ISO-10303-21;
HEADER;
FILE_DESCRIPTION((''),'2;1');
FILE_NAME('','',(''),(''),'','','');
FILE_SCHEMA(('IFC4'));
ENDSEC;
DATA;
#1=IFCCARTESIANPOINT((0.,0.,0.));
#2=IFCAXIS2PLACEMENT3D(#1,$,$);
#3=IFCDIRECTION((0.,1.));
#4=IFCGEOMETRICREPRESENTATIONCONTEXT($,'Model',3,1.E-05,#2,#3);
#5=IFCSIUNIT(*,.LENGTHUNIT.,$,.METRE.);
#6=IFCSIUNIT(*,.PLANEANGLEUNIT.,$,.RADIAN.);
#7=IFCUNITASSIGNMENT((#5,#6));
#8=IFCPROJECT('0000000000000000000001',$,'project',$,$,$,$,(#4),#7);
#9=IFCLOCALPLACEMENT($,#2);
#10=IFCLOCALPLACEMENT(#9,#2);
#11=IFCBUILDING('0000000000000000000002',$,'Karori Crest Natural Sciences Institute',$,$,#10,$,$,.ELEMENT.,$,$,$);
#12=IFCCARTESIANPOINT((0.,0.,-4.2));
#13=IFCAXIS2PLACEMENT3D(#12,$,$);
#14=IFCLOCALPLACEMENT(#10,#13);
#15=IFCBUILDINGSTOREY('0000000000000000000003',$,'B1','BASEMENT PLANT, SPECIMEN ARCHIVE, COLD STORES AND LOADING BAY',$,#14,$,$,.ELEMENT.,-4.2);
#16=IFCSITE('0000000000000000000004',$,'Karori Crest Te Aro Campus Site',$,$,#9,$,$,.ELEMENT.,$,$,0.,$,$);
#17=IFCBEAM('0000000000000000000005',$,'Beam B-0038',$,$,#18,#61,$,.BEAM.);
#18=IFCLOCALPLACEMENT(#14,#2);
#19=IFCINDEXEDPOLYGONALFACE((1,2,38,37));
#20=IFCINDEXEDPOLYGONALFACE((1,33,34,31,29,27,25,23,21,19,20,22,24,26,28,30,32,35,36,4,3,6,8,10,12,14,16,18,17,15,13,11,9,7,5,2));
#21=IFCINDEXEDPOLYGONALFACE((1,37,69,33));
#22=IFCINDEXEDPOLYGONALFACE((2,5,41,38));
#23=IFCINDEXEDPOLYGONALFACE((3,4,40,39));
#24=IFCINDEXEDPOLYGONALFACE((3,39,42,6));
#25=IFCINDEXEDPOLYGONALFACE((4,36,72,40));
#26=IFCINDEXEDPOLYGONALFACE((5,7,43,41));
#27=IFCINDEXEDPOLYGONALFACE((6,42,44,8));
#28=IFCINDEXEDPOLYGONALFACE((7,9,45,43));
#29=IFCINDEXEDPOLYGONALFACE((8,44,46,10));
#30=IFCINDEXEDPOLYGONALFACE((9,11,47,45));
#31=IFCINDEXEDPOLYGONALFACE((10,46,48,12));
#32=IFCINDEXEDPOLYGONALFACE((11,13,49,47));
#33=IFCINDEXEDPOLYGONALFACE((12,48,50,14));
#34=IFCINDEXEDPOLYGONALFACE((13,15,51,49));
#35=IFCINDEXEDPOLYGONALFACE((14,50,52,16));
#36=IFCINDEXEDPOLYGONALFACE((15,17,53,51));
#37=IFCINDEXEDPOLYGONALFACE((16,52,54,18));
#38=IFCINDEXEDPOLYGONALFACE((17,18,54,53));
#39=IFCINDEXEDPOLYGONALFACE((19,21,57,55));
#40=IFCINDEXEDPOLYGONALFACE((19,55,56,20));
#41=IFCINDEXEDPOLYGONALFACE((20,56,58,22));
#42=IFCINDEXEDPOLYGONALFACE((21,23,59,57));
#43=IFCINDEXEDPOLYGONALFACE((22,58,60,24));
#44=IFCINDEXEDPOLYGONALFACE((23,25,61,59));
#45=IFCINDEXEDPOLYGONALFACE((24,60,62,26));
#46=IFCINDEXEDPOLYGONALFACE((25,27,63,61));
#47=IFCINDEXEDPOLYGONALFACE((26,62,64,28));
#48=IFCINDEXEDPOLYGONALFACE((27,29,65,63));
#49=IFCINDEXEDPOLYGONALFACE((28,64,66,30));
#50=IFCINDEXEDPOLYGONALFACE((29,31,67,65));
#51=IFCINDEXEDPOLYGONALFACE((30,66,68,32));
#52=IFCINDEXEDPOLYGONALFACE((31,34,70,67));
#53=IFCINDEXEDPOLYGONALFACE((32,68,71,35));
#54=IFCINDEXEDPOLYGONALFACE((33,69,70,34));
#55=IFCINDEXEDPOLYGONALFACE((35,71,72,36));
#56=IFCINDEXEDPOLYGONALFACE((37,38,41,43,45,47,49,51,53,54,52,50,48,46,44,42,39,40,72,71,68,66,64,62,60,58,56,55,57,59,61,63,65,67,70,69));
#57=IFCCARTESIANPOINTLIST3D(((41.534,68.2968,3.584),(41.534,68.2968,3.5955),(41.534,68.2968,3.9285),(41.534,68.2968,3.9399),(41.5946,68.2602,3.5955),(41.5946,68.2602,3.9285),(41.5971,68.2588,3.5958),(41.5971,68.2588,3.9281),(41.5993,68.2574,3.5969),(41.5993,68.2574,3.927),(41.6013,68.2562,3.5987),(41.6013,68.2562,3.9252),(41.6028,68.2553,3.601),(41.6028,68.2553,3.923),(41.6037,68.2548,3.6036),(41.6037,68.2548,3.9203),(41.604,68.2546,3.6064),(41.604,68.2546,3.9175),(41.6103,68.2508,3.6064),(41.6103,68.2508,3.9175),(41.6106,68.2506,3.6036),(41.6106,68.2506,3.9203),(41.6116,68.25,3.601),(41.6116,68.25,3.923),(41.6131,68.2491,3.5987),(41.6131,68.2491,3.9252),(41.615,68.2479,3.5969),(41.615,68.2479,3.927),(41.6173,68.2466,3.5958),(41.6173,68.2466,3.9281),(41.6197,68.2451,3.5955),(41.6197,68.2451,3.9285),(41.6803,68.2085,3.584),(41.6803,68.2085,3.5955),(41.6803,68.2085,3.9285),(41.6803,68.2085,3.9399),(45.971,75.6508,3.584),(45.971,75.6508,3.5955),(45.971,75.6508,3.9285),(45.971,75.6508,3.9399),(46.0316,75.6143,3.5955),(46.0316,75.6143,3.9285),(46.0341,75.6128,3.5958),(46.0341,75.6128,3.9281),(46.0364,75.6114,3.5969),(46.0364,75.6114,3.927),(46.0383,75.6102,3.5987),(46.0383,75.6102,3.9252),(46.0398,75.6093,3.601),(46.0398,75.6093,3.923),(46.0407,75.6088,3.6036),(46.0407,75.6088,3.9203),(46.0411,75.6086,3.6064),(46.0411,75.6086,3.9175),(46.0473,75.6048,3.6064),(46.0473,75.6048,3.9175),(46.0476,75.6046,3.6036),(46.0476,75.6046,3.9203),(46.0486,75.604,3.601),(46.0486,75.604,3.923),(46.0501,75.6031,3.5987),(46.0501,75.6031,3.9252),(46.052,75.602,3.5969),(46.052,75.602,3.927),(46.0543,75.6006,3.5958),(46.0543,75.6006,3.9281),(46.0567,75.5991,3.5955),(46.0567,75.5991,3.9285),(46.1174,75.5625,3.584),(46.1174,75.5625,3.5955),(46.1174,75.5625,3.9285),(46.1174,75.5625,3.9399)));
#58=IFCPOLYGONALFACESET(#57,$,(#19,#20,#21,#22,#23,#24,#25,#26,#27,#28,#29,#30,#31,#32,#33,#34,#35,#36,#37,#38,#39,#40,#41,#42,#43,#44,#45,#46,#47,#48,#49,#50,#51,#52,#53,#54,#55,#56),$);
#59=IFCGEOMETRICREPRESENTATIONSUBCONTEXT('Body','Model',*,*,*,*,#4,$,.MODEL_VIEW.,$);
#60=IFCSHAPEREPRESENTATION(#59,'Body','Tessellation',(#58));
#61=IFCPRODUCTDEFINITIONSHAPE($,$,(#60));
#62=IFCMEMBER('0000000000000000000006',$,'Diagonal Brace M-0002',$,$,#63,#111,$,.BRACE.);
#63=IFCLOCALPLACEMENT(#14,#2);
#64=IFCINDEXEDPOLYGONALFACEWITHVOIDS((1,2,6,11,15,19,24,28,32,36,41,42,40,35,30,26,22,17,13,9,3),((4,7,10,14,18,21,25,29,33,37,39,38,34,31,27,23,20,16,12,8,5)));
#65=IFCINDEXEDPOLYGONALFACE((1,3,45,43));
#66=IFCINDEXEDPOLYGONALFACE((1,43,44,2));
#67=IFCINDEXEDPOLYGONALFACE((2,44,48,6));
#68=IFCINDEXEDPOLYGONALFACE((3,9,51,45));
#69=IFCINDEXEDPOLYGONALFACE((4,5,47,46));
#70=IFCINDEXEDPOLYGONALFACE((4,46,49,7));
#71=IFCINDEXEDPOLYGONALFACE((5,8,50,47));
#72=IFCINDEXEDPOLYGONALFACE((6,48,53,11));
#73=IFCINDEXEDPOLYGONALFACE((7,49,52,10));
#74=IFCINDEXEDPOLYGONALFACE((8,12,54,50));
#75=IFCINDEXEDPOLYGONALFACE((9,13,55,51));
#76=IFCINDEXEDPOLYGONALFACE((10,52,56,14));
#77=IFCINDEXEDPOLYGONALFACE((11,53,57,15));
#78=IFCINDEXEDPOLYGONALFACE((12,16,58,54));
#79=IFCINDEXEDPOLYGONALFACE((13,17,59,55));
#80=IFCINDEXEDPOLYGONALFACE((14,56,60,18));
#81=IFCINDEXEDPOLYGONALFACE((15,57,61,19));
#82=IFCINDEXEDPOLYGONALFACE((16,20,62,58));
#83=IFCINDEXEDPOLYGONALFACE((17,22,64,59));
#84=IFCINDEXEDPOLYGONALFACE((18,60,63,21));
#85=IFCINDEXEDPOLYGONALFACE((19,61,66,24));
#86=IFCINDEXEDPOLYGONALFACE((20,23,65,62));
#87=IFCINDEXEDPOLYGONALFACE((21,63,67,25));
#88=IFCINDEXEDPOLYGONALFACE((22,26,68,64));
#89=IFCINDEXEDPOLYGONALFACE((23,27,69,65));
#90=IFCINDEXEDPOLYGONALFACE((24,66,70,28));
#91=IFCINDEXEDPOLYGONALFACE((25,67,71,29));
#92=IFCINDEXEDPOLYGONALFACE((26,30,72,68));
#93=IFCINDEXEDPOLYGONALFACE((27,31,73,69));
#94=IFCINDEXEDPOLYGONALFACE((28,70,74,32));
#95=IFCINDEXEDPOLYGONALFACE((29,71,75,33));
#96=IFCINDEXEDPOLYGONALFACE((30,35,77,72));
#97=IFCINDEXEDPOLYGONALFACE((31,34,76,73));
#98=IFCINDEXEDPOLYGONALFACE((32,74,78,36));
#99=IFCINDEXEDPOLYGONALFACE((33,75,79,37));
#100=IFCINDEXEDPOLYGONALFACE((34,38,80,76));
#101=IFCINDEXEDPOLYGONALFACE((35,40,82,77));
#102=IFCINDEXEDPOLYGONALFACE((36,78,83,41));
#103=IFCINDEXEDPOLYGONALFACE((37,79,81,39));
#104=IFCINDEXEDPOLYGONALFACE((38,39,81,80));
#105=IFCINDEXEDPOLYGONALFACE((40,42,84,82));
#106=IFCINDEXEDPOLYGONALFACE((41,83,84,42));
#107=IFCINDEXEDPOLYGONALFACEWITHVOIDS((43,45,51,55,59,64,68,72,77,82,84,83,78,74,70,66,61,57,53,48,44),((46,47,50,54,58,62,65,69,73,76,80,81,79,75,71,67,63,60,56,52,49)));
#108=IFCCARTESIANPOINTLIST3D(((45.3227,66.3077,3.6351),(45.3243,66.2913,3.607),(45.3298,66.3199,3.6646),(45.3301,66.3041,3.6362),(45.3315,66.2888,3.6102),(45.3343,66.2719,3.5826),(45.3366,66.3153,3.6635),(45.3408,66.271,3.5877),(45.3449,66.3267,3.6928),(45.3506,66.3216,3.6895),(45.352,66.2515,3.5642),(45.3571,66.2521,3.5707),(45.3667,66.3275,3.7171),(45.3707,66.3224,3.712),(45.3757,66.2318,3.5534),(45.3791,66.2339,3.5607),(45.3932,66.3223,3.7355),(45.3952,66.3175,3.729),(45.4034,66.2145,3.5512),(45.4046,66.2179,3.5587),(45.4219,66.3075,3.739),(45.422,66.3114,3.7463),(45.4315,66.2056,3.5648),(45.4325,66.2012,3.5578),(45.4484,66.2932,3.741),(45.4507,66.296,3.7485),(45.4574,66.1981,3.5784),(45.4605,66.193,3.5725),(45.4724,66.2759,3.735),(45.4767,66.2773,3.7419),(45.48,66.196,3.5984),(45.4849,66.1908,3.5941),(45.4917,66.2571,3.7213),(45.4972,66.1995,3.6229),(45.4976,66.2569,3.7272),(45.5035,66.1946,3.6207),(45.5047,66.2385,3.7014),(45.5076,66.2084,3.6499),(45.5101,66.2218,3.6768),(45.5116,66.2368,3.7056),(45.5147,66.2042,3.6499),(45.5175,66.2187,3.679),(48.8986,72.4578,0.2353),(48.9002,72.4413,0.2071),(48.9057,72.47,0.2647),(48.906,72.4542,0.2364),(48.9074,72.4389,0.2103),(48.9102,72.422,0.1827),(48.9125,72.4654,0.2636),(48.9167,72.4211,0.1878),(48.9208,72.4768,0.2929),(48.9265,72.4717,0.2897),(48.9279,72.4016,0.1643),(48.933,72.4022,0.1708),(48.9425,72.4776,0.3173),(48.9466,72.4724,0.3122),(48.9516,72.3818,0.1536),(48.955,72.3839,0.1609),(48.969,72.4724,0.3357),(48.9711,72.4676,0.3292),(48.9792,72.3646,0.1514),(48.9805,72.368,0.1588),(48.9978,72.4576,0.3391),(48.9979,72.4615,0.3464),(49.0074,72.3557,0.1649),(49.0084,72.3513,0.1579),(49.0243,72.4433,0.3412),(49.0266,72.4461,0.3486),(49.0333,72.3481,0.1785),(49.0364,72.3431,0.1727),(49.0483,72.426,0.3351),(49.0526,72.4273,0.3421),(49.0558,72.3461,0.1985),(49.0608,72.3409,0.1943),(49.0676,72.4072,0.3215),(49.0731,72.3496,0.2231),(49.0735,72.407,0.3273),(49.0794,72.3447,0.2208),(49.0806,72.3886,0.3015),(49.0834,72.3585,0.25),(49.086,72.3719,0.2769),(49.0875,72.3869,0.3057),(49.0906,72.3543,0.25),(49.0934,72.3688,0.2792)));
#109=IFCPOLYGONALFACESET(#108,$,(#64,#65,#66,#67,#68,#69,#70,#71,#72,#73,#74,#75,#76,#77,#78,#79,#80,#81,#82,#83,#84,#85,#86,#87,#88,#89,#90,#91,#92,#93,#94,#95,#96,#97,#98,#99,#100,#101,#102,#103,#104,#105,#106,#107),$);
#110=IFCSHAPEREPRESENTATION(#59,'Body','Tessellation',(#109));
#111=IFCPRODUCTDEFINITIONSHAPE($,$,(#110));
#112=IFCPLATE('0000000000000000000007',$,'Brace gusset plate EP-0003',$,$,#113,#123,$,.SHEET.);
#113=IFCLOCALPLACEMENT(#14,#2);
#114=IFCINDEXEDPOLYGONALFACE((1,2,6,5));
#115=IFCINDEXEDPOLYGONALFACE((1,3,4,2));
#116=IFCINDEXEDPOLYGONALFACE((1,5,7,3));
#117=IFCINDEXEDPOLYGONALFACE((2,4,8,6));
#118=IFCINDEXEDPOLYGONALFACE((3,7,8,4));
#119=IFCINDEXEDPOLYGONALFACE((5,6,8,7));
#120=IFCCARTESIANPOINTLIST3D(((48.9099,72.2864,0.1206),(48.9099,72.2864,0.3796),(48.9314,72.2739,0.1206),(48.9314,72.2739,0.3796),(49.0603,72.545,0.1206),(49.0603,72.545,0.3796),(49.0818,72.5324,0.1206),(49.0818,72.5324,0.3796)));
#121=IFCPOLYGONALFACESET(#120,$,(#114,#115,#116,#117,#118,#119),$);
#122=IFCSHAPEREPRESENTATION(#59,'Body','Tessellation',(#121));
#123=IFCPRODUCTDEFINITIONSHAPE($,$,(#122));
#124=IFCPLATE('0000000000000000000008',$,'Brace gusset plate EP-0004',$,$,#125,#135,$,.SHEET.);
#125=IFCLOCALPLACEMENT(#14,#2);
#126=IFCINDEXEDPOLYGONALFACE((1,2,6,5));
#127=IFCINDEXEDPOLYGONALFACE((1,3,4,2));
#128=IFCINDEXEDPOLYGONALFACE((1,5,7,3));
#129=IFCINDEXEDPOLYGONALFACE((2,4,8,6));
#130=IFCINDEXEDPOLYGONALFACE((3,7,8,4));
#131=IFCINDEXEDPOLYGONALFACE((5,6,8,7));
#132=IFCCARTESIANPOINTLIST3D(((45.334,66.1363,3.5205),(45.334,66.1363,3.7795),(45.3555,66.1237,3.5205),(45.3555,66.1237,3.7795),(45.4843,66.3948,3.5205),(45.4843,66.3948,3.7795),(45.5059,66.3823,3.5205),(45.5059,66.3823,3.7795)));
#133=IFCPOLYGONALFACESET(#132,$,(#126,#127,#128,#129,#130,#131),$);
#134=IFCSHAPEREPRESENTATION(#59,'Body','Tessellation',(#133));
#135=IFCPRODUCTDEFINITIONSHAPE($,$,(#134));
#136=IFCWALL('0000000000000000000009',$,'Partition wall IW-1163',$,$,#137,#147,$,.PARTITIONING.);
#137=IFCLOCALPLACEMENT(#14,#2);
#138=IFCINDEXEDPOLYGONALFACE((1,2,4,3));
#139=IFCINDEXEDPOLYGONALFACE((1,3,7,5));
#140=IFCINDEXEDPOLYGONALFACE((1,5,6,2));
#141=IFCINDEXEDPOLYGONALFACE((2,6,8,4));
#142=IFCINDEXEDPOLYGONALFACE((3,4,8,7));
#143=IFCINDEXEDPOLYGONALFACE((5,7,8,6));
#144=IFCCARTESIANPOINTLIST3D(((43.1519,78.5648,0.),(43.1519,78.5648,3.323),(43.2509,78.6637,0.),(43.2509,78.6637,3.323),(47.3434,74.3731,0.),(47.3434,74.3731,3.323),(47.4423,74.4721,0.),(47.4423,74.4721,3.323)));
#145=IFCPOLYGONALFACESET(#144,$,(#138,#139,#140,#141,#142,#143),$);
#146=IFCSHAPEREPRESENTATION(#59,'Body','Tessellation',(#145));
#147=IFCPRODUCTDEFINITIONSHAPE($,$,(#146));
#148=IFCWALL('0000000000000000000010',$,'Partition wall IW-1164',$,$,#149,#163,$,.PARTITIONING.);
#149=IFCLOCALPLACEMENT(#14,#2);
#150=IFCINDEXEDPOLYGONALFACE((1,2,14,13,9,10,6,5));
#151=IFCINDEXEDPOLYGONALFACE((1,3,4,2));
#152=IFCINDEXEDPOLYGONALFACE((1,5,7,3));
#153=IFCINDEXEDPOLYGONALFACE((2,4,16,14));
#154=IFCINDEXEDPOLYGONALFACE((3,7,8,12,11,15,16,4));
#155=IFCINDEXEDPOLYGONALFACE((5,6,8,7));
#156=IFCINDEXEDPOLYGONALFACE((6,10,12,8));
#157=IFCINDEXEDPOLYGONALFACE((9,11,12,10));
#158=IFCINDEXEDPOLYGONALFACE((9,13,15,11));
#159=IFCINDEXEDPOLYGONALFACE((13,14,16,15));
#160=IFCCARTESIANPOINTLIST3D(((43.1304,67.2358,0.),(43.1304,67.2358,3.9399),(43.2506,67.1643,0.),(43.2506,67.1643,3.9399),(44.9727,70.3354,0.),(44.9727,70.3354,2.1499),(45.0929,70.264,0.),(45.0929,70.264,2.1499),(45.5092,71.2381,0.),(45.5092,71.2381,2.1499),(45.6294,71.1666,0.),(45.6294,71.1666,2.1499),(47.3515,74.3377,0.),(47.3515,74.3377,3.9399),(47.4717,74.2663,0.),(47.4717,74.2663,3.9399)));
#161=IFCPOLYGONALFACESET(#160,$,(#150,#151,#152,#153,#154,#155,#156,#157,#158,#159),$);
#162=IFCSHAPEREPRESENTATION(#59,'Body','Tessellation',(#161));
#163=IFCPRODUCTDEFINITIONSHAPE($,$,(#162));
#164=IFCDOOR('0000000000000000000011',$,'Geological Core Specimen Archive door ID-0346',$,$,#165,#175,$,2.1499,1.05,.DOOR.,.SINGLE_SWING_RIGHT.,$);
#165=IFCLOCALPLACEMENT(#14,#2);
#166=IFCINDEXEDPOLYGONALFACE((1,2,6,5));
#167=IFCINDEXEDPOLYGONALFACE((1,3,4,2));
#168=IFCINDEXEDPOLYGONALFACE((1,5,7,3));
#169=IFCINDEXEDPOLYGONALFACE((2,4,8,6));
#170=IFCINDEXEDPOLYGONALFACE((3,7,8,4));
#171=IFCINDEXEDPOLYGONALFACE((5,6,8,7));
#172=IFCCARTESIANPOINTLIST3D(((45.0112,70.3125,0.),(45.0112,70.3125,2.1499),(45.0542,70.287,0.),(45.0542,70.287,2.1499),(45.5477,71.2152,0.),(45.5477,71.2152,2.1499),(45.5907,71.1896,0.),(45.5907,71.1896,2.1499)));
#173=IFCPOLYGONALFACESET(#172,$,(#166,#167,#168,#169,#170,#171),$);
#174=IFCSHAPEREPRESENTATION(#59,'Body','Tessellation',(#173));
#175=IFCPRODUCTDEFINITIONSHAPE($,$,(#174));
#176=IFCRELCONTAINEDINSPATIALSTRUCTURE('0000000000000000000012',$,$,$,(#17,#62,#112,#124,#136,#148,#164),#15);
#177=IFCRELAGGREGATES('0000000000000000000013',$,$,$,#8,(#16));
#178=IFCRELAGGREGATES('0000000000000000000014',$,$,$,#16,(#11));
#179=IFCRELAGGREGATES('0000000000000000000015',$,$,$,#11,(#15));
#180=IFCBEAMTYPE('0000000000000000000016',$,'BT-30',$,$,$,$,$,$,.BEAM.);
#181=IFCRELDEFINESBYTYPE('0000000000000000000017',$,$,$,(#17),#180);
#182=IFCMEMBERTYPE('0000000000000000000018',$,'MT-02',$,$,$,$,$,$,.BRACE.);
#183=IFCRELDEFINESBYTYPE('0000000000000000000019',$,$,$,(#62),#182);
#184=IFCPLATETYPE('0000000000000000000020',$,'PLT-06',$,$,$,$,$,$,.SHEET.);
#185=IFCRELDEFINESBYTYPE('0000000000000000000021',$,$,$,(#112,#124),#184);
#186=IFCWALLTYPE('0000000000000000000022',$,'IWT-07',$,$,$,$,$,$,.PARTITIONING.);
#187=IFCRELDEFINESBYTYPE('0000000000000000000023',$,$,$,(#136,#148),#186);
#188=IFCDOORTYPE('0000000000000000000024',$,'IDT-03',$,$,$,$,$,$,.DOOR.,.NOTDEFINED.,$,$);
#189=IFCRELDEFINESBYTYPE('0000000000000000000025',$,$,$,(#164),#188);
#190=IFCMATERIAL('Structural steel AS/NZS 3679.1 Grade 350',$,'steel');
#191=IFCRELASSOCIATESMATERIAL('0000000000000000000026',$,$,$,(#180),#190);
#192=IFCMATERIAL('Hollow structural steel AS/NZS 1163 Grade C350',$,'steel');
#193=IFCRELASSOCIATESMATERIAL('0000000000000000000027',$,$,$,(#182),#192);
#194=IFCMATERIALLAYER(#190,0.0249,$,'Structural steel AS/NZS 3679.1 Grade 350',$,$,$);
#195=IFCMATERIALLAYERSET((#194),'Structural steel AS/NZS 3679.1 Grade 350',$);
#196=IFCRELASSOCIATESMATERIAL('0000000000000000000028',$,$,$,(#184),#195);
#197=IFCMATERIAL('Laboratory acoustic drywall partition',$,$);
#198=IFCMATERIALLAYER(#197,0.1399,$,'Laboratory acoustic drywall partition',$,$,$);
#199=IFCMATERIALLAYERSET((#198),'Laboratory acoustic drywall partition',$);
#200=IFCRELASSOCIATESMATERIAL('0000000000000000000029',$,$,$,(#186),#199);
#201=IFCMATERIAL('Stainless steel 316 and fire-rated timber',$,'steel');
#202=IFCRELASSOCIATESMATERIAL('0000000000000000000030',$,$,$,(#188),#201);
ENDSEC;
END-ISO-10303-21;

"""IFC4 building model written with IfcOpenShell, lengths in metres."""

from ifc_helpers import new_model, si_unit, direction, frame, frame_2d, origin, origin_2d, place, context, subcontext, project, spatial, rectangle, hollow_circle, i_section, extrude, material, layer, layer_set, material_profile, profile_set, type_object, element, fill, save


model = new_model("IFC4")

# Units and contexts
model_context = context("Model", 3, precision=1e-05, world=origin(), true_north=direction((0.0, 1.0)))
body_context = subcontext(model_context, "Body", "Model", "MODEL_VIEW")
ifc_project = project(units=[si_unit("LENGTHUNIT", "METRE"), si_unit("PLANEANGLEUNIT", "RADIAN")], contexts=[model_context])

# Site, building, storey
site_placement = place(None, origin())
site = spatial("IfcSite", under=ifc_project, at=site_placement, Name="Karori Crest Te Aro Campus Site", CompositionType="ELEMENT", RefElevation=0.0)
building_placement = place(site_placement, origin())
building = spatial("IfcBuilding", under=site, at=building_placement, Name="Karori Crest Natural Sciences Institute", CompositionType="ELEMENT")
storey_placement = place(building_placement, frame((0.0, 0.0, -4.2)))
storey = spatial("IfcBuildingStorey", under=building, at=storey_placement, Name="B1", Description="BASEMENT PLANT, SPECIMEN ARCHIVE, COLD STORES AND LOADING BAY", CompositionType="ELEMENT", Elevation=-4.2)

# Shared definitions
ifc_material_1 = material(Name="Structural steel AS/NZS 3679.1 Grade 350", Category="steel")
ifc_material_2 = material(Name="Hollow structural steel AS/NZS 1163 Grade C350", Category="steel")

# Beam
ifc_material_profile_1 = material_profile(ifc_material_1, i_section(OverallWidth=0.1709, OverallDepth=0.356, WebThickness=0.0073, FlangeThickness=0.0115, FilletRadius=0.011, at=origin_2d()), Name="360UB50.7")
ifc_profile_set_1 = profile_set([ifc_material_profile_1], Name="Structural steel AS/NZS 3679.1 Grade 350")
beam_type_1 = type_object("IfcBeamType", Name="BT-30", PredefinedType="BEAM", material=ifc_profile_set_1)
beam_1_placement = place(storey_placement, frame((46.0442, 75.6067, 3.762), z_axis=(-0.516601, -0.856226, 0.0), x_axis=(0.856226, -0.516601, 0.0)))
element("IfcBeam", 1, at=beam_1_placement, inside=storey, type_object=beam_type_1, Name="Beam B-0038", PredefinedType="BEAM", context=body_context, shape_type="SweptSolid", body=[
    extrude(i_section(OverallWidth=0.1709, OverallDepth=0.356, WebThickness=0.0073, FlangeThickness=0.0115, FilletRadius=0.011, at=origin_2d()), origin(), (0.0, 0.0, 1.0), 8.5889),
])

# Member
ifc_material_profile_2 = material_profile(ifc_material_2, hollow_circle(Radius=0.1096, WallThickness=0.0083, at=origin_2d()), Name="CHS219.1x8.2")
ifc_profile_set_2 = profile_set([ifc_material_profile_2], Name="Hollow structural steel AS/NZS 1163 Grade C350")
member_type = type_object("IfcMemberType", Name="MT-02", PredefinedType="BRACE", material=ifc_profile_set_2)
member_placement = place(storey_placement, frame((48.9958, 72.4094, 0.25), z_axis=(-0.453519, -0.779995, 0.431194), x_axis=(0.864491, -0.502648, 0.0)))
element("IfcMember", 2, at=member_placement, inside=storey, type_object=member_type, Name="Diagonal Brace M-0002", PredefinedType="BRACE", context=body_context, shape_type="SweptSolid", body=[
    extrude(hollow_circle(Radius=0.1096, WallThickness=0.0083, at=origin_2d()), origin(), (0.0, 0.0, 1.0), 7.8848),
])

# Plates
ifc_layer_1 = layer(ifc_material_1, 0.0249, Name="Structural steel AS/NZS 3679.1 Grade 350")
ifc_layer_set_1 = layer_set([ifc_layer_1], Name="Structural steel AS/NZS 3679.1 Grade 350")
plate_type = type_object("IfcPlateType", Name="PLT-06", PredefinedType="SHEET", material=ifc_layer_set_1)
for number, where, z_axis, x_axis, name in (
    (3, (48.9958, 72.4094, 0.1206), (0.0, 0.0, 1.0), (0.502652, 0.864489, 0.0), "Brace gusset plate EP-0003"),
    (4, (45.4199, 66.2593, 3.5205), (0.0, 0.0, 1.0), (0.502652, 0.864489, 0.0), "Brace gusset plate EP-0004"),
):
    element("IfcPlate", number, at=place(storey_placement, frame(where, z_axis=z_axis, x_axis=x_axis)), inside=storey, type_object=plate_type, Name=name, PredefinedType="SHEET", context=body_context, shape_type="SweptSolid", body=[
        extrude(rectangle(XDim=0.2991, YDim=0.0249, at=origin_2d()), origin(), (0.0, 0.0, 1.0), 0.259),
    ])

# Wall
ifc_material_3 = material(Name="Laboratory acoustic drywall partition")
ifc_layer_2 = layer(ifc_material_3, 0.1399, Name="Laboratory acoustic drywall partition")
ifc_layer_set_2 = layer_set([ifc_layer_2], Name="Laboratory acoustic drywall partition")
wall_type = type_object("IfcWallType", Name="IWT-07", PredefinedType="PARTITIONING", material=ifc_layer_set_2)
wall_1_placement = place(storey_placement, frame((47.3928, 74.4226, 0.0), z_axis=(0.0, 0.0, 1.0), x_axis=(-0.707086, 0.707127, 0.0)))
element("IfcWall", 5, at=wall_1_placement, inside=storey, type_object=wall_type, Name="Partition wall IW-1163", PredefinedType="PARTITIONING", context=body_context, shape_type="SweptSolid", body=[
    extrude(rectangle(XDim=5.9277, YDim=0.1399, at=frame_2d((2.9639, 0.0))), origin(), (0.0, 0.0, 1.0), 3.323),
])

# Wall, opening, door
wall_2_placement = place(storey_placement, frame((47.4116, 74.302, 0.0), z_axis=(0.0, 0.0, 1.0), x_axis=(-0.510928, -0.859624, 0.0)))
wall_2 = element("IfcWall", 6, at=wall_2_placement, inside=storey, type_object=wall_type, Name="Partition wall IW-1164", PredefinedType="PARTITIONING", context=body_context, shape_type="SweptSolid", body=[
    extrude(rectangle(XDim=8.2617, YDim=0.1399, at=frame_2d((4.1309, 0.0))), origin(), (0.0, 0.0, 1.0), 3.9399),
])
opening_placement = place(wall_2_placement, frame((3.606, 0.0, 0.0)))
opening = element("IfcOpeningElement", 7, at=opening_placement, cuts=wall_2, PredefinedType="OPENING", context=body_context, shape_type="SweptSolid", body=[
    extrude(rectangle(XDim=1.05, YDim=2.1499, at=frame_2d((0.5249, 1.075))), frame((0.0, 0.0801, 0.0), z_axis=(0.0, -1.0, 0.0), x_axis=(1.0, 0.0, 0.0)), (0.0, 0.0, 1.0), 0.1599),
])
ifc_material_4 = material(Name="Stainless steel 316 and fire-rated timber", Category="steel")
door_type = type_object("IfcDoorType", Name="IDT-03", OperationType="NOTDEFINED", PredefinedType="DOOR", material=ifc_material_4)
door_placement = place(opening_placement, origin())
door = element("IfcDoor", 8, at=door_placement, inside=storey, type_object=door_type, Name="Geological Core Specimen Archive door ID-0346", OperationType="SINGLE_SWING_RIGHT", OverallHeight=2.1499, OverallWidth=1.05, PredefinedType="DOOR", context=body_context, shape_type="SweptSolid", body=[
    extrude(rectangle(XDim=1.05, YDim=2.1499, at=frame_2d((0.5249, 1.075))), frame((0.0, 0.0249, 0.0), z_axis=(0.0, -1.0, 0.0), x_axis=(1.0, 0.0, 0.0)), (0.0, 0.0, 1.0), 0.05),
])
fill(opening, door)

save(model, "model.ifc")
